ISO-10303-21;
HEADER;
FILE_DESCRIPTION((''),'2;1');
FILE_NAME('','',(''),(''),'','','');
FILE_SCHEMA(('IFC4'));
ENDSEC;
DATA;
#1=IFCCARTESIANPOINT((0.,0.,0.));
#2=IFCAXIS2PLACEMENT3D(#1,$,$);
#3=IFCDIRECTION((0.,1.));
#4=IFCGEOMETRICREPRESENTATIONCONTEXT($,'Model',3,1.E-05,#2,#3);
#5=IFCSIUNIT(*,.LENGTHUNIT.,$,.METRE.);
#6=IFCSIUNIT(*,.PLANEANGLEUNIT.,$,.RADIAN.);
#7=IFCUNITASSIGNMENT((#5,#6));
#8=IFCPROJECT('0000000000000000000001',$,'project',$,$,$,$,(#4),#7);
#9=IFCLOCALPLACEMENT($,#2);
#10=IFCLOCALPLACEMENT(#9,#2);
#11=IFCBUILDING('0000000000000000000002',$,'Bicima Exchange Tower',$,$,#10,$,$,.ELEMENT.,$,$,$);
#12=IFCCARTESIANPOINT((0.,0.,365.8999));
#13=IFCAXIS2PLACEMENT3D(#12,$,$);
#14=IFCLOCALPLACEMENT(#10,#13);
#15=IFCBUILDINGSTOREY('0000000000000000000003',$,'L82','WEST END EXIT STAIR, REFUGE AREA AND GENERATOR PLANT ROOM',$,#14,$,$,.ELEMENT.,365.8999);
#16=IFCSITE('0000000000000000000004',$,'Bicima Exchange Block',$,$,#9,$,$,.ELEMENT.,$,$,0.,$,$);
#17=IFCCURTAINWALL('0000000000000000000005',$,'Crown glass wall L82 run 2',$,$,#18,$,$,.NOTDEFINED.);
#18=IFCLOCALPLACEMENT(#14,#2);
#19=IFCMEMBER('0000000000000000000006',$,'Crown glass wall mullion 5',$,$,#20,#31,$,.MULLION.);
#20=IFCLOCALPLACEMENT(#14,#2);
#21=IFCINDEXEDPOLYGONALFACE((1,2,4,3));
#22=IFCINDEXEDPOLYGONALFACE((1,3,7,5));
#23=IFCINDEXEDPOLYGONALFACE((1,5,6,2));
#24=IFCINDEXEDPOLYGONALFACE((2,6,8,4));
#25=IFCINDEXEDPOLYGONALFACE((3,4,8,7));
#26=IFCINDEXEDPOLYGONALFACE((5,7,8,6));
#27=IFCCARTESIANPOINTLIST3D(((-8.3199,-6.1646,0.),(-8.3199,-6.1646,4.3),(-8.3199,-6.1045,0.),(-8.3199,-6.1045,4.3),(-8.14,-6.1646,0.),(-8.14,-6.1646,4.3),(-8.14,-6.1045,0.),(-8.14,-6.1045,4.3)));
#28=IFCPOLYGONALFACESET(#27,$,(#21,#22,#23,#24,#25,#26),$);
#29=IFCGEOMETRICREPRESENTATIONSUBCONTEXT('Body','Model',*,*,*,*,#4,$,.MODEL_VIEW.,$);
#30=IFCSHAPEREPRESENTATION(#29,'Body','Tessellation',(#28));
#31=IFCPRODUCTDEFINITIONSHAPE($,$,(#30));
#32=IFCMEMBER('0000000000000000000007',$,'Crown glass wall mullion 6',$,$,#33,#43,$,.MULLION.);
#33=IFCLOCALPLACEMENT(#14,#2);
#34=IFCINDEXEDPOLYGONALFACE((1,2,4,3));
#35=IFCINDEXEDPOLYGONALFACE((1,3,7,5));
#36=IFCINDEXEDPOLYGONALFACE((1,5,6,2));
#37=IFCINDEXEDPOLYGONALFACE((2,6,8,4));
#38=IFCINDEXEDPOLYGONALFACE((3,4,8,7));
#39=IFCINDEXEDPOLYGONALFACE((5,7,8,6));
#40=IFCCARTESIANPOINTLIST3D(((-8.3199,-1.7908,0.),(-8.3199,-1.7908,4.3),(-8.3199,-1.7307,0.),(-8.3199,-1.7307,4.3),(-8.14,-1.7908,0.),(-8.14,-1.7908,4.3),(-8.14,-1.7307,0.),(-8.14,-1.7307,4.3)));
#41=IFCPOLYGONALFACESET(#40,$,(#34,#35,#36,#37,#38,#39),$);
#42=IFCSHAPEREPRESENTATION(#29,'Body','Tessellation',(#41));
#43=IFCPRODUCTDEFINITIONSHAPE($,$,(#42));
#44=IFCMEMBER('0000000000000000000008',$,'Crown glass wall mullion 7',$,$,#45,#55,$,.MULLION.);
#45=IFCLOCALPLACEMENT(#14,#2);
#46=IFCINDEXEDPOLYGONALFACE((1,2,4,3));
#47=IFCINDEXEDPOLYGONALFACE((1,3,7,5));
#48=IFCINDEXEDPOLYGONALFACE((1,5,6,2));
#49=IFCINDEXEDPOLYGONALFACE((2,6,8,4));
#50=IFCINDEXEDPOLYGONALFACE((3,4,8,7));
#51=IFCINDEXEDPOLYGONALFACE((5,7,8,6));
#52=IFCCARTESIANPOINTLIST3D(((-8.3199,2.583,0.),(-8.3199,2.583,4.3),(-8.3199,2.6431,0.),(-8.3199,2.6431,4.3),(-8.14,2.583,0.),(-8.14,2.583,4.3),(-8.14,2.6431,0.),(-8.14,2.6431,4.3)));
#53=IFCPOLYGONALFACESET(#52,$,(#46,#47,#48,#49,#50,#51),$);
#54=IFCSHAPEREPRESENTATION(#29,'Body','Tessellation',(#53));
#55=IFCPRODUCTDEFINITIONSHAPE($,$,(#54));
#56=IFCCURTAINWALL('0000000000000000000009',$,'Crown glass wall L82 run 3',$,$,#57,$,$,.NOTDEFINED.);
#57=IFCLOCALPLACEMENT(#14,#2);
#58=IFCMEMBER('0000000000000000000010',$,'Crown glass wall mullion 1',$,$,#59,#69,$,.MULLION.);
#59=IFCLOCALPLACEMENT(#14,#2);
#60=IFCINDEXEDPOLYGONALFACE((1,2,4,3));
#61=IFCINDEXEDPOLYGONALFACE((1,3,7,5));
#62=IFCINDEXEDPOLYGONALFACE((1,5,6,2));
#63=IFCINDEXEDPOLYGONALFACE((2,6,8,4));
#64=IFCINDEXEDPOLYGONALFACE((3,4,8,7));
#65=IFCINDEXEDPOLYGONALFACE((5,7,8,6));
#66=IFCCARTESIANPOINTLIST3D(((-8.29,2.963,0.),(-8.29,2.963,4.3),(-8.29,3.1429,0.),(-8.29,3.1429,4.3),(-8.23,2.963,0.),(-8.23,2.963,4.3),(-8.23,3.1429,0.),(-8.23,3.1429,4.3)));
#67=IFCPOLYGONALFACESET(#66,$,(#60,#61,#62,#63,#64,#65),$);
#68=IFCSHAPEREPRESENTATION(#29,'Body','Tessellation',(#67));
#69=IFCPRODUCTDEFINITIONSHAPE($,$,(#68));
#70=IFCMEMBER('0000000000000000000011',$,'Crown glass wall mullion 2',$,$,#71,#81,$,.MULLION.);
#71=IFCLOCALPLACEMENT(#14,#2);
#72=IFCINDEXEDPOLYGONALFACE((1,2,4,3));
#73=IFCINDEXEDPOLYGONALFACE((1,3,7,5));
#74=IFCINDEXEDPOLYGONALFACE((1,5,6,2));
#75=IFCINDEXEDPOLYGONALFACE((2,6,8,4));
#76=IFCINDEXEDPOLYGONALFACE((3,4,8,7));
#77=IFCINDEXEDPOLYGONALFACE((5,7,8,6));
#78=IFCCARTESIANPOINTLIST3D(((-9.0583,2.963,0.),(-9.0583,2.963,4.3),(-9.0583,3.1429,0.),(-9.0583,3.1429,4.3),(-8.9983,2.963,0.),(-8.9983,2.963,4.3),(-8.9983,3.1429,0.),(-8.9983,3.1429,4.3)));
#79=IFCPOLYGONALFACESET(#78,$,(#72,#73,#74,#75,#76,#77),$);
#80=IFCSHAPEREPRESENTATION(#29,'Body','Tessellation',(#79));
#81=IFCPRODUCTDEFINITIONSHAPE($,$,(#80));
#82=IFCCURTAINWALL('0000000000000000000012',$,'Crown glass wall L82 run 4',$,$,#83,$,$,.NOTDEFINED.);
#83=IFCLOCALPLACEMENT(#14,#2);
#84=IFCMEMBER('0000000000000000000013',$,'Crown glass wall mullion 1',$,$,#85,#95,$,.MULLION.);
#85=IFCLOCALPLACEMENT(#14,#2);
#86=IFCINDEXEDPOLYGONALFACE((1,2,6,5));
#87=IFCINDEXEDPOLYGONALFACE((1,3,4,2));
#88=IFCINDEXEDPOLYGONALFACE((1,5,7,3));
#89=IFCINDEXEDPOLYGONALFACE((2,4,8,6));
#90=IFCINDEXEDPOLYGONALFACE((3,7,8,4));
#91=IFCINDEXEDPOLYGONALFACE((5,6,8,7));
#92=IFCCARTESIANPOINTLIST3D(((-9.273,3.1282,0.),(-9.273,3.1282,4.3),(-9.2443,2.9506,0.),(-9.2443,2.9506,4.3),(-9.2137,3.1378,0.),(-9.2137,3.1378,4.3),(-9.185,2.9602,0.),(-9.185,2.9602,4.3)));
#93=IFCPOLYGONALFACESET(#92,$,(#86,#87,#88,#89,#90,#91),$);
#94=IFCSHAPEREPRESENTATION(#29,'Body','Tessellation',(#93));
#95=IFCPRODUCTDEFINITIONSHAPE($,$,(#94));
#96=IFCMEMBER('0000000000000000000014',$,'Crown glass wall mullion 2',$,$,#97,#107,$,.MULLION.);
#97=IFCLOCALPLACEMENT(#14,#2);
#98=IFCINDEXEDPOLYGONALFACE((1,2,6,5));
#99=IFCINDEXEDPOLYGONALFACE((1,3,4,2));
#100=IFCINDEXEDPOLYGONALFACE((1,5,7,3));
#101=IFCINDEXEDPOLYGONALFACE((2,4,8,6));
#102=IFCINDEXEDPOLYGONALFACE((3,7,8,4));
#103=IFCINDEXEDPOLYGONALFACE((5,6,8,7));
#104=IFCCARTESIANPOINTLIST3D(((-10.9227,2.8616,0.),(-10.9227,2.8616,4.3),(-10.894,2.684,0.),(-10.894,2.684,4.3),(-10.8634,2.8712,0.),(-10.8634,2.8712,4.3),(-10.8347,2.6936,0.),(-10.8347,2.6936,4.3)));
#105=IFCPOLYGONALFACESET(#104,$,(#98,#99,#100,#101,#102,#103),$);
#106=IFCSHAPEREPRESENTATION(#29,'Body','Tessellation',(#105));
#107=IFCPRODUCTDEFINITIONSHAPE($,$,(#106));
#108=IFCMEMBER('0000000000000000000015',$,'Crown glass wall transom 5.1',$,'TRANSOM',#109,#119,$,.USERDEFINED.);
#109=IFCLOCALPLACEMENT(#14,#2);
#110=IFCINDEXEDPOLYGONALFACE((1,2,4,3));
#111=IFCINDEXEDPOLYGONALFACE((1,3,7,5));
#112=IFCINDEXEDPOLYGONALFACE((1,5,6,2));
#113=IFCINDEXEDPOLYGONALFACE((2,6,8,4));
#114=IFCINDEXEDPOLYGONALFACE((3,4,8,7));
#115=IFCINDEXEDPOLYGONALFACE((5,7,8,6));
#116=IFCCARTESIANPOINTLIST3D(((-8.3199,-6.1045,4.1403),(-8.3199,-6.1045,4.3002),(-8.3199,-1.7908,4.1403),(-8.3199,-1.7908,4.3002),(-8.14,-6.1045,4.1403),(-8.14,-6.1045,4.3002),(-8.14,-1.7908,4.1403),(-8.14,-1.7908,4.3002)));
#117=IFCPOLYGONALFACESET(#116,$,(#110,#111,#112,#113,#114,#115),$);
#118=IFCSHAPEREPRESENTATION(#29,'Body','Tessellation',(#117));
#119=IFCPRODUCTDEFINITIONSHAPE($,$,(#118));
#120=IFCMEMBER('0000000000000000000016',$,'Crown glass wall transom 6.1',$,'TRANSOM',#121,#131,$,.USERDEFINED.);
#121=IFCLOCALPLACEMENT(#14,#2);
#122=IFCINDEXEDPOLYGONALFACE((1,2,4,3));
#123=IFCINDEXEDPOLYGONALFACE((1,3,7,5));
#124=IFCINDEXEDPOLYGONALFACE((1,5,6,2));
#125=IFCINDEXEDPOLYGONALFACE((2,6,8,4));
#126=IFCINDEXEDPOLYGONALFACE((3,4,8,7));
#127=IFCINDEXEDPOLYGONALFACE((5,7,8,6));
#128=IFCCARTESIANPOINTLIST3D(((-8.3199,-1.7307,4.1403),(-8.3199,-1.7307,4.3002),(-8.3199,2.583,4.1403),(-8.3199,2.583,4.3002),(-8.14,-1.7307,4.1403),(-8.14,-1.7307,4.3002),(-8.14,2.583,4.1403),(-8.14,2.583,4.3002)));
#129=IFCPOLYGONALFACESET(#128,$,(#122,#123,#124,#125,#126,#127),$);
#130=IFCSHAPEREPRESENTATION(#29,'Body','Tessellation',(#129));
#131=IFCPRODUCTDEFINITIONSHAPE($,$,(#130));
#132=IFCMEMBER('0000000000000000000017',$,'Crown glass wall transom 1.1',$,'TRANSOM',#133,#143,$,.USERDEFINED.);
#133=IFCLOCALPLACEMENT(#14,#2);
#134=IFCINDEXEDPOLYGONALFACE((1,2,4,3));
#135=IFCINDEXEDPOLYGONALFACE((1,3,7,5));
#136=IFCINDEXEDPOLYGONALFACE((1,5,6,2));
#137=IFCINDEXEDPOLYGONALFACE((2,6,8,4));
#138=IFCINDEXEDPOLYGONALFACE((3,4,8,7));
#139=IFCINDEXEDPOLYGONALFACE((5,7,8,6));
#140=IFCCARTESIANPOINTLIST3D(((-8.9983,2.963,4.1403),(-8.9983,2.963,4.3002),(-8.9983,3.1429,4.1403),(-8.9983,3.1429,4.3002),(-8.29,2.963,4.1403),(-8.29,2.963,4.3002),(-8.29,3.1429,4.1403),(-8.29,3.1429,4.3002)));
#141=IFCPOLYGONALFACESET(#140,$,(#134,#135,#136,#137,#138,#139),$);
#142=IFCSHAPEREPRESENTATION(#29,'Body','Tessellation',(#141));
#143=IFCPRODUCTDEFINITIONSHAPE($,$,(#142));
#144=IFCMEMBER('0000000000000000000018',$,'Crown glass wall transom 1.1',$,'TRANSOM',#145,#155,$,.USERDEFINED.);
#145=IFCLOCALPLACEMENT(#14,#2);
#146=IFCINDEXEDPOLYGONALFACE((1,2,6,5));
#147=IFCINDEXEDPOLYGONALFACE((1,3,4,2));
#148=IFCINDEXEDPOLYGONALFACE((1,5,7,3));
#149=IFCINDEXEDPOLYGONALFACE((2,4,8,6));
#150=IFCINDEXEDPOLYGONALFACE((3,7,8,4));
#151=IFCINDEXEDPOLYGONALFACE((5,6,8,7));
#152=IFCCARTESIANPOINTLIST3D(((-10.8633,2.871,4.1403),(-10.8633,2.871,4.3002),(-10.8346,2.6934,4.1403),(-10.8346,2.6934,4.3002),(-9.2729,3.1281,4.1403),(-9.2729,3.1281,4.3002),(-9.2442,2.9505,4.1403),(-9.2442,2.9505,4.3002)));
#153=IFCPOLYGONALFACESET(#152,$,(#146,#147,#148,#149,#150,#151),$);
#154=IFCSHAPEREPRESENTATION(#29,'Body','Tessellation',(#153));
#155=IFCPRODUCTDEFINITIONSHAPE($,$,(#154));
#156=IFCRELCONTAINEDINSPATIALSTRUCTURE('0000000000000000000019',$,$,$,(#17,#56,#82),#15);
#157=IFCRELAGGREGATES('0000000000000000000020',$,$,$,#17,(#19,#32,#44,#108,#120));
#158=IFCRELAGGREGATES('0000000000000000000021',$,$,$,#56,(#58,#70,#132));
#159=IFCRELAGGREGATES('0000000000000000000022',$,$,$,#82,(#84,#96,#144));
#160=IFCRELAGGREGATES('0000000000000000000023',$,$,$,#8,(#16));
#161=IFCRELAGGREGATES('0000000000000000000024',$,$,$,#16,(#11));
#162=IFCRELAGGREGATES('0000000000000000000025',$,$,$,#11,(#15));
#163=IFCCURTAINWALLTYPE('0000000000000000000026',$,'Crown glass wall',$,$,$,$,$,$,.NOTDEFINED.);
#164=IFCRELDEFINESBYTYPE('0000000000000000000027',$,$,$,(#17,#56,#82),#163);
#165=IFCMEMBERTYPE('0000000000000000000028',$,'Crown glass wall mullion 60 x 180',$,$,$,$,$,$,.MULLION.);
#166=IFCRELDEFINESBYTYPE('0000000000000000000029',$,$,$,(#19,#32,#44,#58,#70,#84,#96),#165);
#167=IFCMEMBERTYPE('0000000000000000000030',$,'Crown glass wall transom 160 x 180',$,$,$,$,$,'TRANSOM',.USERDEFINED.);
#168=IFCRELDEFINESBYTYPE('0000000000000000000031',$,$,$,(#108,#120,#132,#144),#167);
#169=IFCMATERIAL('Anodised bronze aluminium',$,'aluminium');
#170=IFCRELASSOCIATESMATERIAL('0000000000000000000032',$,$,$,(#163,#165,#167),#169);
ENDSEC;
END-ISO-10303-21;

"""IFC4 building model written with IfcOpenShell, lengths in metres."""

from ifc_helpers import new_model, si_unit, direction, frame, origin, origin_2d, place, context, subcontext, project, spatial, rectangle, extrude, material, material_profile, profile_set, type_object, element, aggregate, save


model = new_model("IFC4")

# Units and contexts
model_context = context("Model", 3, precision=1e-05, world=origin(), true_north=direction((0.0, 1.0)))
body_context = subcontext(model_context, "Body", "Model", "MODEL_VIEW")
ifc_project = project(units=[si_unit("LENGTHUNIT", "METRE"), si_unit("PLANEANGLEUNIT", "RADIAN")], contexts=[model_context])

# Site, building, storey
site_placement = place(None, origin())
site = spatial("IfcSite", under=ifc_project, at=site_placement, Name="Bicima Exchange Block", CompositionType="ELEMENT", RefElevation=0.0)
building_placement = place(site_placement, origin())
building = spatial("IfcBuilding", under=site, at=building_placement, Name="Bicima Exchange Tower", CompositionType="ELEMENT")
storey_placement = place(building_placement, frame((0.0, 0.0, 365.8999)))
storey = spatial("IfcBuildingStorey", under=building, at=storey_placement, Name="L82", Description="WEST END EXIT STAIR, REFUGE AREA AND GENERATOR PLANT ROOM", CompositionType="ELEMENT", Elevation=365.8999)

# Curtain walls, members
ifc_material_1 = material(Name="Anodised bronze aluminium", Category="aluminium")
curtain_wall_type = type_object("IfcCurtainWallType", Name="Crown glass wall", PredefinedType="NOTDEFINED", material=ifc_material_1)
curtain_wall_1_placement = place(storey_placement, origin())
curtain_wall_1 = element("IfcCurtainWall", 1, at=curtain_wall_1_placement, inside=storey, type_object=curtain_wall_type, Name="Crown glass wall L82 run 2", PredefinedType="NOTDEFINED")
ifc_material_profile_1 = material_profile(ifc_material_1, rectangle(XDim=0.1799, YDim=0.0601, at=origin_2d()))
ifc_profile_set_1 = profile_set([ifc_material_profile_1], Name="Anodised bronze aluminium")
member_type_1 = type_object("IfcMemberType", Name="Crown glass wall mullion 60 x 180", PredefinedType="MULLION", material=ifc_profile_set_1)
member_1_placement = place(storey_placement, frame((-8.23, -6.1345, 0.0), z_axis=(0.0, 0.0, 1.0), x_axis=(-1.0, 0.0, 0.0)))
member_1 = element("IfcMember", 2, at=member_1_placement, type_object=member_type_1, Name="Crown glass wall mullion 5", PredefinedType="MULLION", context=body_context, shape_type="SweptSolid", body=[
    extrude(rectangle(XDim=0.1799, YDim=0.0601, at=origin_2d()), origin(), (0.0, 0.0, 1.0), 4.3),
])
member_2_placement = place(storey_placement, frame((-8.23, -1.7607, 0.0), z_axis=(0.0, 0.0, 1.0), x_axis=(-1.0, 0.0, 0.0)))
member_2 = element("IfcMember", 3, at=member_2_placement, type_object=member_type_1, Name="Crown glass wall mullion 6", PredefinedType="MULLION", context=body_context, shape_type="SweptSolid", body=[
    extrude(rectangle(XDim=0.1799, YDim=0.0601, at=origin_2d()), origin(), (0.0, 0.0, 1.0), 4.3),
])
member_3_placement = place(storey_placement, frame((-8.23, 2.613, 0.0), z_axis=(0.0, 0.0, 1.0), x_axis=(-1.0, 0.0, 0.0)))
member_3 = element("IfcMember", 4, at=member_3_placement, type_object=member_type_1, Name="Crown glass wall mullion 7", PredefinedType="MULLION", context=body_context, shape_type="SweptSolid", body=[
    extrude(rectangle(XDim=0.1799, YDim=0.0601, at=origin_2d()), origin(), (0.0, 0.0, 1.0), 4.3),
])
curtain_wall_2_placement = place(storey_placement, origin())
curtain_wall_2 = element("IfcCurtainWall", 5, at=curtain_wall_2_placement, inside=storey, type_object=curtain_wall_type, Name="Crown glass wall L82 run 3", PredefinedType="NOTDEFINED")
member_4_placement = place(storey_placement, frame((-8.26, 3.053, 0.0), z_axis=(0.0, 0.0, 1.0), x_axis=(0.0, -1.0, 0.0)))
member_4 = element("IfcMember", 6, at=member_4_placement, type_object=member_type_1, Name="Crown glass wall mullion 1", PredefinedType="MULLION", context=body_context, shape_type="SweptSolid", body=[
    extrude(rectangle(XDim=0.1799, YDim=0.0601, at=origin_2d()), origin(), (0.0, 0.0, 1.0), 4.3),
])
member_5_placement = place(storey_placement, frame((-9.0283, 3.053, 0.0), z_axis=(0.0, 0.0, 1.0), x_axis=(0.0, -1.0, 0.0)))
member_5 = element("IfcMember", 7, at=member_5_placement, type_object=member_type_1, Name="Crown glass wall mullion 2", PredefinedType="MULLION", context=body_context, shape_type="SweptSolid", body=[
    extrude(rectangle(XDim=0.1799, YDim=0.0601, at=origin_2d()), origin(), (0.0, 0.0, 1.0), 4.3),
])
curtain_wall_3_placement = place(storey_placement, origin())
curtain_wall_3 = element("IfcCurtainWall", 8, at=curtain_wall_3_placement, inside=storey, type_object=curtain_wall_type, Name="Crown glass wall L82 run 4", PredefinedType="NOTDEFINED")
member_6_placement = place(storey_placement, frame((-9.229, 3.0442, 0.0), z_axis=(0.0, 0.0, 1.0), x_axis=(0.15955, -0.98719, 0.0)))
member_6 = element("IfcMember", 9, at=member_6_placement, type_object=member_type_1, Name="Crown glass wall mullion 1", PredefinedType="MULLION", context=body_context, shape_type="SweptSolid", body=[
    extrude(rectangle(XDim=0.1799, YDim=0.0601, at=origin_2d()), origin(), (0.0, 0.0, 1.0), 4.3),
])
member_7_placement = place(storey_placement, frame((-10.8787, 2.7776, 0.0), z_axis=(0.0, 0.0, 1.0), x_axis=(0.15955, -0.98719, 0.0)))
member_7 = element("IfcMember", 10, at=member_7_placement, type_object=member_type_1, Name="Crown glass wall mullion 2", PredefinedType="MULLION", context=body_context, shape_type="SweptSolid", body=[
    extrude(rectangle(XDim=0.1799, YDim=0.0601, at=origin_2d()), origin(), (0.0, 0.0, 1.0), 4.3),
])

# Members
ifc_material_profile_2 = material_profile(ifc_material_1, rectangle(XDim=0.1799, YDim=0.1599, at=origin_2d()))
ifc_profile_set_2 = profile_set([ifc_material_profile_2], Name="Anodised bronze aluminium")
member_type_2 = type_object("IfcMemberType", Name="Crown glass wall transom 160 x 180", ElementType="TRANSOM", PredefinedType="USERDEFINED", material=ifc_profile_set_2)
member_8_placement = place(storey_placement, frame((-8.23, -6.1045, 4.2202), z_axis=(0.0, 1.0, 0.0), x_axis=(-1.0, 0.0, 0.0)))
member_8 = element("IfcMember", 11, at=member_8_placement, type_object=member_type_2, Name="Crown glass wall transom 5.1", ObjectType="TRANSOM", PredefinedType="USERDEFINED", context=body_context, shape_type="SweptSolid", body=[
    extrude(rectangle(XDim=0.1799, YDim=0.1599, at=origin_2d()), origin(), (0.0, 0.0, 1.0), 4.3137),
])
member_9_placement = place(storey_placement, frame((-8.23, -1.7307, 4.2202), z_axis=(0.0, 1.0, 0.0), x_axis=(-1.0, 0.0, 0.0)))
member_9 = element("IfcMember", 12, at=member_9_placement, type_object=member_type_2, Name="Crown glass wall transom 6.1", ObjectType="TRANSOM", PredefinedType="USERDEFINED", context=body_context, shape_type="SweptSolid", body=[
    extrude(rectangle(XDim=0.1799, YDim=0.1599, at=origin_2d()), origin(), (0.0, 0.0, 1.0), 4.3137),
])
member_10_placement = place(storey_placement, frame((-8.29, 3.053, 4.2202), z_axis=(-1.0, 0.0, 0.0), x_axis=(0.0, -1.0, 0.0)))
member_10 = element("IfcMember", 13, at=member_10_placement, type_object=member_type_2, Name="Crown glass wall transom 1.1", ObjectType="TRANSOM", PredefinedType="USERDEFINED", context=body_context, shape_type="SweptSolid", body=[
    extrude(rectangle(XDim=0.1799, YDim=0.1599, at=origin_2d()), origin(), (0.0, 0.0, 1.0), 0.7083),
])
member_11_placement = place(storey_placement, frame((-9.2585, 3.0393, 4.2202), z_axis=(-0.987185, -0.15958, 0.0), x_axis=(0.15958, -0.987185, 0.0)))
member_11 = element("IfcMember", 14, at=member_11_placement, type_object=member_type_2, Name="Crown glass wall transom 1.1", ObjectType="TRANSOM", PredefinedType="USERDEFINED", context=body_context, shape_type="SweptSolid", body=[
    extrude(rectangle(XDim=0.1799, YDim=0.1599, at=origin_2d()), origin(), (0.0, 0.0, 1.0), 1.6111),
])

aggregate(curtain_wall_1, [member_1, member_2, member_3, member_8, member_9])
aggregate(curtain_wall_2, [member_4, member_5, member_10])
aggregate(curtain_wall_3, [member_6, member_7, member_11])

save(model, "model.ifc")
